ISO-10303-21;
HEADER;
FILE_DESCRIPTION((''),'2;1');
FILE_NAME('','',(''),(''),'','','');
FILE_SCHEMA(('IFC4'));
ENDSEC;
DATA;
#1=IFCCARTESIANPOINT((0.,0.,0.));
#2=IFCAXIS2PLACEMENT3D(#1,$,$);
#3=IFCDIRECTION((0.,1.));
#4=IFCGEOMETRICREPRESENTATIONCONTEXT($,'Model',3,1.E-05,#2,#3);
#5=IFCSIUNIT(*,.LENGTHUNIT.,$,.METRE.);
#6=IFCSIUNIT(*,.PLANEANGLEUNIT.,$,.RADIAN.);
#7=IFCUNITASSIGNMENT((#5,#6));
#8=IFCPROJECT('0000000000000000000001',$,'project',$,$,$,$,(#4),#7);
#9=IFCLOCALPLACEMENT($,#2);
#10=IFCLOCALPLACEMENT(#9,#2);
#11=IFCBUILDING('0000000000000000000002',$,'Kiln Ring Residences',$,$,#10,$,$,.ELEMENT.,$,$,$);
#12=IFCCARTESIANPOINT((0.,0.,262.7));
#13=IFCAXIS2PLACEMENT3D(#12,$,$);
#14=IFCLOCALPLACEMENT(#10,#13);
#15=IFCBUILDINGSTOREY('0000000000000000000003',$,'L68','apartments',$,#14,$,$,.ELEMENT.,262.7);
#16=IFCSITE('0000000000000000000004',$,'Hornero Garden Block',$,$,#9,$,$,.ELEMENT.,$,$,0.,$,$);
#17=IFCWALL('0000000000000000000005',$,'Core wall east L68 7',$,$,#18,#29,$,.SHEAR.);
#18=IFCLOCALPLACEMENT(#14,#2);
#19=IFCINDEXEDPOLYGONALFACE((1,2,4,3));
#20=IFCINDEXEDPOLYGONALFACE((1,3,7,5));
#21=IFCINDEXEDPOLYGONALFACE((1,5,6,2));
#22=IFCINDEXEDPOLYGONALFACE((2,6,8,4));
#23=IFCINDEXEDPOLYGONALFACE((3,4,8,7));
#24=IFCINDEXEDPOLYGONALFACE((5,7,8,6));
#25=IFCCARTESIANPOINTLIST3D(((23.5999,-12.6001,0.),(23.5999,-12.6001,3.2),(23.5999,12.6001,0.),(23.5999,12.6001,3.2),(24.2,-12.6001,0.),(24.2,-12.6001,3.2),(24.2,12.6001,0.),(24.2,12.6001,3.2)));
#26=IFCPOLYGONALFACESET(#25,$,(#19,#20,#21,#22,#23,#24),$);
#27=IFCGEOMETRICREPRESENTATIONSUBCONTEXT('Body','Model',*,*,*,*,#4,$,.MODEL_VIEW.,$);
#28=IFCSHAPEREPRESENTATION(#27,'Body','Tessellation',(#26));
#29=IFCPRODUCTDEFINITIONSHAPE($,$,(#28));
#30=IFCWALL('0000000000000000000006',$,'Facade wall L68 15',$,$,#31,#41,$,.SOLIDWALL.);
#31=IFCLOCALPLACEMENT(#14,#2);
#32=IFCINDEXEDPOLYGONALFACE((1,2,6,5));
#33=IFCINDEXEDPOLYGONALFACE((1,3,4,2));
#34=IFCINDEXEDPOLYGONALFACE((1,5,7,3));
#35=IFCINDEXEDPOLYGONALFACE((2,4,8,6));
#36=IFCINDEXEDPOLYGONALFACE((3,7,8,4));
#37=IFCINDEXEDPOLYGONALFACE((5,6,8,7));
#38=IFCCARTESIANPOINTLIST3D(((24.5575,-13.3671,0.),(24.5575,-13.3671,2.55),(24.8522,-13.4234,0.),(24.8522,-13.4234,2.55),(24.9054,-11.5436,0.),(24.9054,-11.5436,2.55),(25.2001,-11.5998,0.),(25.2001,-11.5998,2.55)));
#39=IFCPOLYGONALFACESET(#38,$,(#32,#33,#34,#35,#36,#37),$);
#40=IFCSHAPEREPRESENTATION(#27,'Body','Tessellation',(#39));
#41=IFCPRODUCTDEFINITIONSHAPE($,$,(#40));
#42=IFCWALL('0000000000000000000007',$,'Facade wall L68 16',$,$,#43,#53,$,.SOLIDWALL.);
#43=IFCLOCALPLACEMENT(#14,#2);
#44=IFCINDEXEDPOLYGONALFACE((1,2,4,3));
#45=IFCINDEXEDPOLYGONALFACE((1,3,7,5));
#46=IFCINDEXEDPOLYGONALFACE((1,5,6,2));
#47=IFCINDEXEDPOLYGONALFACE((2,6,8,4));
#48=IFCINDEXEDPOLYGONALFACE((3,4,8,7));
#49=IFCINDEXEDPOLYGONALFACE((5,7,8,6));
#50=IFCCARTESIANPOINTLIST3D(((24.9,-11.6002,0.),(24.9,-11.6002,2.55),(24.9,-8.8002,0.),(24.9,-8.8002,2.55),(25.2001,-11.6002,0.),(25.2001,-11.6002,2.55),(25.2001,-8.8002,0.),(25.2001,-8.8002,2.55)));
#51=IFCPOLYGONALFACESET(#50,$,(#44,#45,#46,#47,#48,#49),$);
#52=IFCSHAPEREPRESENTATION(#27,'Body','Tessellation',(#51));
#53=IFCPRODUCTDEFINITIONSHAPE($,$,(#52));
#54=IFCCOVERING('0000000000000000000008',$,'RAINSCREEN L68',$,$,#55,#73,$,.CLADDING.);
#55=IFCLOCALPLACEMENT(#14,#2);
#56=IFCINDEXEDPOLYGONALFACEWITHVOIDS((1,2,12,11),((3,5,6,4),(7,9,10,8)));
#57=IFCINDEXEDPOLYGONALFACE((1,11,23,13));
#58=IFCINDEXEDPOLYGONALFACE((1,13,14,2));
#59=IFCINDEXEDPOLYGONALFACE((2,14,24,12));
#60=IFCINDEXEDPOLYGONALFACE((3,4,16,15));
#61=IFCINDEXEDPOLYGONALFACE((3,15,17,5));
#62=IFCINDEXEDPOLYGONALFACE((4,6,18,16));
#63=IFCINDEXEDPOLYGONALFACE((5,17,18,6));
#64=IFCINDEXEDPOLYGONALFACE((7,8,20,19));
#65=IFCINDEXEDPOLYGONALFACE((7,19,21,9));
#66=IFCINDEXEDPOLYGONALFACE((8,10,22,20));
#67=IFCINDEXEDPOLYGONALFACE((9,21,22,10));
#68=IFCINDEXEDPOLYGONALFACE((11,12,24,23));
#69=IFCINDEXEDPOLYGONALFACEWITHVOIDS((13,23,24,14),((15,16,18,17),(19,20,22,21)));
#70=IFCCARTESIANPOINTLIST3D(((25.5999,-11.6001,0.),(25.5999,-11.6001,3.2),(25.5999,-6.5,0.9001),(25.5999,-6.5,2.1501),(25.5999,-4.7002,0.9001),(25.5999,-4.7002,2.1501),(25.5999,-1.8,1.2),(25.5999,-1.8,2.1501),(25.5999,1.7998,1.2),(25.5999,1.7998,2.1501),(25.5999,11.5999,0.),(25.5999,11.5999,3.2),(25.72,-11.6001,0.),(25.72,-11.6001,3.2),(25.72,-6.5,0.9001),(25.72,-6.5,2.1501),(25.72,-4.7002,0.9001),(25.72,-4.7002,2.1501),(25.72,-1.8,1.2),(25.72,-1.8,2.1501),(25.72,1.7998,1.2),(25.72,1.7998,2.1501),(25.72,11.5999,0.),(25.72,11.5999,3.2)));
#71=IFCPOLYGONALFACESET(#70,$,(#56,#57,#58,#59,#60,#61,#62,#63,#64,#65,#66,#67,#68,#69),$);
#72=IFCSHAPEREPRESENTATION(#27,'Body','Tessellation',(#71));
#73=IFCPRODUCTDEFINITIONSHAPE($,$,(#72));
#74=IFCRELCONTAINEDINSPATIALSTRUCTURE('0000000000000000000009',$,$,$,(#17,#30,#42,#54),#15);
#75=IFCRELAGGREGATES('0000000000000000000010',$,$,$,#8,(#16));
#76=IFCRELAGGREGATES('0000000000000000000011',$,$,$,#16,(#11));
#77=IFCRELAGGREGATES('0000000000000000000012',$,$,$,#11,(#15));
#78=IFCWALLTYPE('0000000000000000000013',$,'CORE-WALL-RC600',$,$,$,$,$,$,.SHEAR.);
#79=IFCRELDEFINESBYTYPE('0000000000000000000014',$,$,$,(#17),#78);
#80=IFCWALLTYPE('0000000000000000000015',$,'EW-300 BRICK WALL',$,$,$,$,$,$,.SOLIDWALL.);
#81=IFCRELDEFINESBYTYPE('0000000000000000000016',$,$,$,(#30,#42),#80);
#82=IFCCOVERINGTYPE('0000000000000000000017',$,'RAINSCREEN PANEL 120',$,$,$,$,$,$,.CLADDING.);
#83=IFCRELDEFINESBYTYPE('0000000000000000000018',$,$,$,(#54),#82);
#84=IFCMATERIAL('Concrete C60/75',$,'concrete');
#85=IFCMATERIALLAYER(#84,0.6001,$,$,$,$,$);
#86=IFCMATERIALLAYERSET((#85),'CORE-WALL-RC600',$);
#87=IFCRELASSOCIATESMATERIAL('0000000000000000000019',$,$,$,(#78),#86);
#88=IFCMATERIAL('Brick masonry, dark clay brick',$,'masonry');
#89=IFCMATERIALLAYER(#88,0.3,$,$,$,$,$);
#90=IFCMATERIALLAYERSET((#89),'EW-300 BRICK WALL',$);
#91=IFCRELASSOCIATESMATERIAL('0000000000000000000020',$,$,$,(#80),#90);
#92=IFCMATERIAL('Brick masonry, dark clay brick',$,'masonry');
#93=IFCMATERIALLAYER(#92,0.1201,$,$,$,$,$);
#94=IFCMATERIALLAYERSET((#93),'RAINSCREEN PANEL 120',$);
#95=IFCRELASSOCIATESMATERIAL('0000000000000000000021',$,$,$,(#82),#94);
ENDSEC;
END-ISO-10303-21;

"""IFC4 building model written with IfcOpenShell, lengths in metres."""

from ifc_helpers import new_model, si_unit, direction, frame, frame_2d, origin, place, context, subcontext, project, spatial, polyline, rectangle, outline, extrude, material, layer, layer_set, type_object, element, save


model = new_model("IFC4")

# Units and contexts
model_context = context("Model", 3, precision=1e-05, world=origin(), true_north=direction((0.0, 1.0)))
body_context = subcontext(model_context, "Body", "Model", "MODEL_VIEW")
ifc_project = project(units=[si_unit("LENGTHUNIT", "METRE"), si_unit("PLANEANGLEUNIT", "RADIAN")], contexts=[model_context])

# Site, building, storey
site_placement = place(None, origin())
site = spatial("IfcSite", under=ifc_project, at=site_placement, Name="Hornero Garden Block", CompositionType="ELEMENT", RefElevation=0.0)
building_placement = place(site_placement, origin())
building = spatial("IfcBuilding", under=site, at=building_placement, Name="Kiln Ring Residences", CompositionType="ELEMENT")
storey_placement = place(building_placement, frame((0.0, 0.0, 262.7)))
storey = spatial("IfcBuildingStorey", under=building, at=storey_placement, Name="L68", Description="apartments", CompositionType="ELEMENT", Elevation=262.7)

# Walls
ifc_material_1 = material(Name="Concrete C60/75", Category="concrete")
ifc_layer_1 = layer(ifc_material_1, 0.6001)
ifc_layer_set_1 = layer_set([ifc_layer_1], Name="CORE-WALL-RC600")
wall_type_1 = type_object("IfcWallType", Name="CORE-WALL-RC600", PredefinedType="SHEAR", material=ifc_layer_set_1)
wall_1_placement = place(storey_placement, frame((23.8999, -12.6001, 0.0), z_axis=(0.0, 0.0, 1.0), x_axis=(0.0, 1.0, 0.0)))
element("IfcWall", 1, at=wall_1_placement, inside=storey, type_object=wall_type_1, Name="Core wall east L68 7", PredefinedType="SHEAR", context=body_context, shape_type="SweptSolid", body=[
    extrude(rectangle(XDim=25.2002, YDim=0.6001, at=frame_2d((12.6001, 0.0))), origin(), (0.0, 0.0, 1.0), 3.2),
])
ifc_material_2 = material(Name="Brick masonry, dark clay brick", Category="masonry")
ifc_layer_2 = layer(ifc_material_2, 0.3)
ifc_layer_set_2 = layer_set([ifc_layer_2], Name="EW-300 BRICK WALL")
wall_type_2 = type_object("IfcWallType", Name="EW-300 BRICK WALL", PredefinedType="SOLIDWALL", material=ifc_layer_set_2)
wall_2_placement = place(storey_placement, frame((24.7048, -13.3953, 0.0), z_axis=(0.0, 0.0, 1.0), x_axis=(0.187408, 0.982282, 0.0)))
element("IfcWall", 2, at=wall_2_placement, inside=storey, type_object=wall_type_2, Name="Facade wall L68 15", PredefinedType="SOLIDWALL", context=body_context, shape_type="SweptSolid", body=[
    extrude(rectangle(XDim=1.8564, YDim=0.3, at=frame_2d((0.9282, 0.0))), origin(), (0.0, 0.0, 1.0), 2.55),
])
wall_3_placement = place(storey_placement, frame((25.05, -11.6001, 0.0), z_axis=(0.0, 0.0, 1.0), x_axis=(0.0, 1.0, 0.0)))
element("IfcWall", 3, at=wall_3_placement, inside=storey, type_object=wall_type_2, Name="Facade wall L68 16", PredefinedType="SOLIDWALL", context=body_context, shape_type="SweptSolid", body=[
    extrude(rectangle(XDim=2.8, YDim=0.3, at=frame_2d((1.3999, 0.0))), origin(), (0.0, 0.0, 1.0), 2.55),
])

# Covering
ifc_material_3 = material(Name="Brick masonry, dark clay brick", Category="masonry")
ifc_layer_3 = layer(ifc_material_3, 0.1201)
ifc_layer_set_3 = layer_set([ifc_layer_3], Name="RAINSCREEN PANEL 120")
covering_type = type_object("IfcCoveringType", Name="RAINSCREEN PANEL 120", PredefinedType="CLADDING", material=ifc_layer_set_3)
covering_placement = place(storey_placement, frame((25.6599, -11.6001, 0.0), z_axis=(0.0, 0.0, 1.0), x_axis=(0.0, 1.0, 0.0)))
element("IfcCovering", 4, at=covering_placement, inside=storey, type_object=covering_type, Name="RAINSCREEN L68", PredefinedType="CLADDING", context=body_context, shape_type="SweptSolid", body=[
    extrude(outline(polyline([(0.0, 0.0), (23.2, 0.0), (23.2, 3.2), (0.0, 3.2), (0.0, 0.0)]), holes=[polyline([(6.8999, 2.1501), (5.1001, 2.1501), (5.1001, 0.9001), (6.8999, 0.9001), (6.8999, 2.1501)]), polyline([(13.3999, 2.1501), (9.8, 2.1501), (9.8, 1.2), (13.3999, 1.2), (13.3999, 2.1501)])]), frame((0.0, 0.0601, 0.0), z_axis=(0.0, -1.0, 0.0), x_axis=(1.0, 0.0, 0.0)), (0.0, 0.0, 1.0), 0.1201),
])

save(model, "model.ifc")
